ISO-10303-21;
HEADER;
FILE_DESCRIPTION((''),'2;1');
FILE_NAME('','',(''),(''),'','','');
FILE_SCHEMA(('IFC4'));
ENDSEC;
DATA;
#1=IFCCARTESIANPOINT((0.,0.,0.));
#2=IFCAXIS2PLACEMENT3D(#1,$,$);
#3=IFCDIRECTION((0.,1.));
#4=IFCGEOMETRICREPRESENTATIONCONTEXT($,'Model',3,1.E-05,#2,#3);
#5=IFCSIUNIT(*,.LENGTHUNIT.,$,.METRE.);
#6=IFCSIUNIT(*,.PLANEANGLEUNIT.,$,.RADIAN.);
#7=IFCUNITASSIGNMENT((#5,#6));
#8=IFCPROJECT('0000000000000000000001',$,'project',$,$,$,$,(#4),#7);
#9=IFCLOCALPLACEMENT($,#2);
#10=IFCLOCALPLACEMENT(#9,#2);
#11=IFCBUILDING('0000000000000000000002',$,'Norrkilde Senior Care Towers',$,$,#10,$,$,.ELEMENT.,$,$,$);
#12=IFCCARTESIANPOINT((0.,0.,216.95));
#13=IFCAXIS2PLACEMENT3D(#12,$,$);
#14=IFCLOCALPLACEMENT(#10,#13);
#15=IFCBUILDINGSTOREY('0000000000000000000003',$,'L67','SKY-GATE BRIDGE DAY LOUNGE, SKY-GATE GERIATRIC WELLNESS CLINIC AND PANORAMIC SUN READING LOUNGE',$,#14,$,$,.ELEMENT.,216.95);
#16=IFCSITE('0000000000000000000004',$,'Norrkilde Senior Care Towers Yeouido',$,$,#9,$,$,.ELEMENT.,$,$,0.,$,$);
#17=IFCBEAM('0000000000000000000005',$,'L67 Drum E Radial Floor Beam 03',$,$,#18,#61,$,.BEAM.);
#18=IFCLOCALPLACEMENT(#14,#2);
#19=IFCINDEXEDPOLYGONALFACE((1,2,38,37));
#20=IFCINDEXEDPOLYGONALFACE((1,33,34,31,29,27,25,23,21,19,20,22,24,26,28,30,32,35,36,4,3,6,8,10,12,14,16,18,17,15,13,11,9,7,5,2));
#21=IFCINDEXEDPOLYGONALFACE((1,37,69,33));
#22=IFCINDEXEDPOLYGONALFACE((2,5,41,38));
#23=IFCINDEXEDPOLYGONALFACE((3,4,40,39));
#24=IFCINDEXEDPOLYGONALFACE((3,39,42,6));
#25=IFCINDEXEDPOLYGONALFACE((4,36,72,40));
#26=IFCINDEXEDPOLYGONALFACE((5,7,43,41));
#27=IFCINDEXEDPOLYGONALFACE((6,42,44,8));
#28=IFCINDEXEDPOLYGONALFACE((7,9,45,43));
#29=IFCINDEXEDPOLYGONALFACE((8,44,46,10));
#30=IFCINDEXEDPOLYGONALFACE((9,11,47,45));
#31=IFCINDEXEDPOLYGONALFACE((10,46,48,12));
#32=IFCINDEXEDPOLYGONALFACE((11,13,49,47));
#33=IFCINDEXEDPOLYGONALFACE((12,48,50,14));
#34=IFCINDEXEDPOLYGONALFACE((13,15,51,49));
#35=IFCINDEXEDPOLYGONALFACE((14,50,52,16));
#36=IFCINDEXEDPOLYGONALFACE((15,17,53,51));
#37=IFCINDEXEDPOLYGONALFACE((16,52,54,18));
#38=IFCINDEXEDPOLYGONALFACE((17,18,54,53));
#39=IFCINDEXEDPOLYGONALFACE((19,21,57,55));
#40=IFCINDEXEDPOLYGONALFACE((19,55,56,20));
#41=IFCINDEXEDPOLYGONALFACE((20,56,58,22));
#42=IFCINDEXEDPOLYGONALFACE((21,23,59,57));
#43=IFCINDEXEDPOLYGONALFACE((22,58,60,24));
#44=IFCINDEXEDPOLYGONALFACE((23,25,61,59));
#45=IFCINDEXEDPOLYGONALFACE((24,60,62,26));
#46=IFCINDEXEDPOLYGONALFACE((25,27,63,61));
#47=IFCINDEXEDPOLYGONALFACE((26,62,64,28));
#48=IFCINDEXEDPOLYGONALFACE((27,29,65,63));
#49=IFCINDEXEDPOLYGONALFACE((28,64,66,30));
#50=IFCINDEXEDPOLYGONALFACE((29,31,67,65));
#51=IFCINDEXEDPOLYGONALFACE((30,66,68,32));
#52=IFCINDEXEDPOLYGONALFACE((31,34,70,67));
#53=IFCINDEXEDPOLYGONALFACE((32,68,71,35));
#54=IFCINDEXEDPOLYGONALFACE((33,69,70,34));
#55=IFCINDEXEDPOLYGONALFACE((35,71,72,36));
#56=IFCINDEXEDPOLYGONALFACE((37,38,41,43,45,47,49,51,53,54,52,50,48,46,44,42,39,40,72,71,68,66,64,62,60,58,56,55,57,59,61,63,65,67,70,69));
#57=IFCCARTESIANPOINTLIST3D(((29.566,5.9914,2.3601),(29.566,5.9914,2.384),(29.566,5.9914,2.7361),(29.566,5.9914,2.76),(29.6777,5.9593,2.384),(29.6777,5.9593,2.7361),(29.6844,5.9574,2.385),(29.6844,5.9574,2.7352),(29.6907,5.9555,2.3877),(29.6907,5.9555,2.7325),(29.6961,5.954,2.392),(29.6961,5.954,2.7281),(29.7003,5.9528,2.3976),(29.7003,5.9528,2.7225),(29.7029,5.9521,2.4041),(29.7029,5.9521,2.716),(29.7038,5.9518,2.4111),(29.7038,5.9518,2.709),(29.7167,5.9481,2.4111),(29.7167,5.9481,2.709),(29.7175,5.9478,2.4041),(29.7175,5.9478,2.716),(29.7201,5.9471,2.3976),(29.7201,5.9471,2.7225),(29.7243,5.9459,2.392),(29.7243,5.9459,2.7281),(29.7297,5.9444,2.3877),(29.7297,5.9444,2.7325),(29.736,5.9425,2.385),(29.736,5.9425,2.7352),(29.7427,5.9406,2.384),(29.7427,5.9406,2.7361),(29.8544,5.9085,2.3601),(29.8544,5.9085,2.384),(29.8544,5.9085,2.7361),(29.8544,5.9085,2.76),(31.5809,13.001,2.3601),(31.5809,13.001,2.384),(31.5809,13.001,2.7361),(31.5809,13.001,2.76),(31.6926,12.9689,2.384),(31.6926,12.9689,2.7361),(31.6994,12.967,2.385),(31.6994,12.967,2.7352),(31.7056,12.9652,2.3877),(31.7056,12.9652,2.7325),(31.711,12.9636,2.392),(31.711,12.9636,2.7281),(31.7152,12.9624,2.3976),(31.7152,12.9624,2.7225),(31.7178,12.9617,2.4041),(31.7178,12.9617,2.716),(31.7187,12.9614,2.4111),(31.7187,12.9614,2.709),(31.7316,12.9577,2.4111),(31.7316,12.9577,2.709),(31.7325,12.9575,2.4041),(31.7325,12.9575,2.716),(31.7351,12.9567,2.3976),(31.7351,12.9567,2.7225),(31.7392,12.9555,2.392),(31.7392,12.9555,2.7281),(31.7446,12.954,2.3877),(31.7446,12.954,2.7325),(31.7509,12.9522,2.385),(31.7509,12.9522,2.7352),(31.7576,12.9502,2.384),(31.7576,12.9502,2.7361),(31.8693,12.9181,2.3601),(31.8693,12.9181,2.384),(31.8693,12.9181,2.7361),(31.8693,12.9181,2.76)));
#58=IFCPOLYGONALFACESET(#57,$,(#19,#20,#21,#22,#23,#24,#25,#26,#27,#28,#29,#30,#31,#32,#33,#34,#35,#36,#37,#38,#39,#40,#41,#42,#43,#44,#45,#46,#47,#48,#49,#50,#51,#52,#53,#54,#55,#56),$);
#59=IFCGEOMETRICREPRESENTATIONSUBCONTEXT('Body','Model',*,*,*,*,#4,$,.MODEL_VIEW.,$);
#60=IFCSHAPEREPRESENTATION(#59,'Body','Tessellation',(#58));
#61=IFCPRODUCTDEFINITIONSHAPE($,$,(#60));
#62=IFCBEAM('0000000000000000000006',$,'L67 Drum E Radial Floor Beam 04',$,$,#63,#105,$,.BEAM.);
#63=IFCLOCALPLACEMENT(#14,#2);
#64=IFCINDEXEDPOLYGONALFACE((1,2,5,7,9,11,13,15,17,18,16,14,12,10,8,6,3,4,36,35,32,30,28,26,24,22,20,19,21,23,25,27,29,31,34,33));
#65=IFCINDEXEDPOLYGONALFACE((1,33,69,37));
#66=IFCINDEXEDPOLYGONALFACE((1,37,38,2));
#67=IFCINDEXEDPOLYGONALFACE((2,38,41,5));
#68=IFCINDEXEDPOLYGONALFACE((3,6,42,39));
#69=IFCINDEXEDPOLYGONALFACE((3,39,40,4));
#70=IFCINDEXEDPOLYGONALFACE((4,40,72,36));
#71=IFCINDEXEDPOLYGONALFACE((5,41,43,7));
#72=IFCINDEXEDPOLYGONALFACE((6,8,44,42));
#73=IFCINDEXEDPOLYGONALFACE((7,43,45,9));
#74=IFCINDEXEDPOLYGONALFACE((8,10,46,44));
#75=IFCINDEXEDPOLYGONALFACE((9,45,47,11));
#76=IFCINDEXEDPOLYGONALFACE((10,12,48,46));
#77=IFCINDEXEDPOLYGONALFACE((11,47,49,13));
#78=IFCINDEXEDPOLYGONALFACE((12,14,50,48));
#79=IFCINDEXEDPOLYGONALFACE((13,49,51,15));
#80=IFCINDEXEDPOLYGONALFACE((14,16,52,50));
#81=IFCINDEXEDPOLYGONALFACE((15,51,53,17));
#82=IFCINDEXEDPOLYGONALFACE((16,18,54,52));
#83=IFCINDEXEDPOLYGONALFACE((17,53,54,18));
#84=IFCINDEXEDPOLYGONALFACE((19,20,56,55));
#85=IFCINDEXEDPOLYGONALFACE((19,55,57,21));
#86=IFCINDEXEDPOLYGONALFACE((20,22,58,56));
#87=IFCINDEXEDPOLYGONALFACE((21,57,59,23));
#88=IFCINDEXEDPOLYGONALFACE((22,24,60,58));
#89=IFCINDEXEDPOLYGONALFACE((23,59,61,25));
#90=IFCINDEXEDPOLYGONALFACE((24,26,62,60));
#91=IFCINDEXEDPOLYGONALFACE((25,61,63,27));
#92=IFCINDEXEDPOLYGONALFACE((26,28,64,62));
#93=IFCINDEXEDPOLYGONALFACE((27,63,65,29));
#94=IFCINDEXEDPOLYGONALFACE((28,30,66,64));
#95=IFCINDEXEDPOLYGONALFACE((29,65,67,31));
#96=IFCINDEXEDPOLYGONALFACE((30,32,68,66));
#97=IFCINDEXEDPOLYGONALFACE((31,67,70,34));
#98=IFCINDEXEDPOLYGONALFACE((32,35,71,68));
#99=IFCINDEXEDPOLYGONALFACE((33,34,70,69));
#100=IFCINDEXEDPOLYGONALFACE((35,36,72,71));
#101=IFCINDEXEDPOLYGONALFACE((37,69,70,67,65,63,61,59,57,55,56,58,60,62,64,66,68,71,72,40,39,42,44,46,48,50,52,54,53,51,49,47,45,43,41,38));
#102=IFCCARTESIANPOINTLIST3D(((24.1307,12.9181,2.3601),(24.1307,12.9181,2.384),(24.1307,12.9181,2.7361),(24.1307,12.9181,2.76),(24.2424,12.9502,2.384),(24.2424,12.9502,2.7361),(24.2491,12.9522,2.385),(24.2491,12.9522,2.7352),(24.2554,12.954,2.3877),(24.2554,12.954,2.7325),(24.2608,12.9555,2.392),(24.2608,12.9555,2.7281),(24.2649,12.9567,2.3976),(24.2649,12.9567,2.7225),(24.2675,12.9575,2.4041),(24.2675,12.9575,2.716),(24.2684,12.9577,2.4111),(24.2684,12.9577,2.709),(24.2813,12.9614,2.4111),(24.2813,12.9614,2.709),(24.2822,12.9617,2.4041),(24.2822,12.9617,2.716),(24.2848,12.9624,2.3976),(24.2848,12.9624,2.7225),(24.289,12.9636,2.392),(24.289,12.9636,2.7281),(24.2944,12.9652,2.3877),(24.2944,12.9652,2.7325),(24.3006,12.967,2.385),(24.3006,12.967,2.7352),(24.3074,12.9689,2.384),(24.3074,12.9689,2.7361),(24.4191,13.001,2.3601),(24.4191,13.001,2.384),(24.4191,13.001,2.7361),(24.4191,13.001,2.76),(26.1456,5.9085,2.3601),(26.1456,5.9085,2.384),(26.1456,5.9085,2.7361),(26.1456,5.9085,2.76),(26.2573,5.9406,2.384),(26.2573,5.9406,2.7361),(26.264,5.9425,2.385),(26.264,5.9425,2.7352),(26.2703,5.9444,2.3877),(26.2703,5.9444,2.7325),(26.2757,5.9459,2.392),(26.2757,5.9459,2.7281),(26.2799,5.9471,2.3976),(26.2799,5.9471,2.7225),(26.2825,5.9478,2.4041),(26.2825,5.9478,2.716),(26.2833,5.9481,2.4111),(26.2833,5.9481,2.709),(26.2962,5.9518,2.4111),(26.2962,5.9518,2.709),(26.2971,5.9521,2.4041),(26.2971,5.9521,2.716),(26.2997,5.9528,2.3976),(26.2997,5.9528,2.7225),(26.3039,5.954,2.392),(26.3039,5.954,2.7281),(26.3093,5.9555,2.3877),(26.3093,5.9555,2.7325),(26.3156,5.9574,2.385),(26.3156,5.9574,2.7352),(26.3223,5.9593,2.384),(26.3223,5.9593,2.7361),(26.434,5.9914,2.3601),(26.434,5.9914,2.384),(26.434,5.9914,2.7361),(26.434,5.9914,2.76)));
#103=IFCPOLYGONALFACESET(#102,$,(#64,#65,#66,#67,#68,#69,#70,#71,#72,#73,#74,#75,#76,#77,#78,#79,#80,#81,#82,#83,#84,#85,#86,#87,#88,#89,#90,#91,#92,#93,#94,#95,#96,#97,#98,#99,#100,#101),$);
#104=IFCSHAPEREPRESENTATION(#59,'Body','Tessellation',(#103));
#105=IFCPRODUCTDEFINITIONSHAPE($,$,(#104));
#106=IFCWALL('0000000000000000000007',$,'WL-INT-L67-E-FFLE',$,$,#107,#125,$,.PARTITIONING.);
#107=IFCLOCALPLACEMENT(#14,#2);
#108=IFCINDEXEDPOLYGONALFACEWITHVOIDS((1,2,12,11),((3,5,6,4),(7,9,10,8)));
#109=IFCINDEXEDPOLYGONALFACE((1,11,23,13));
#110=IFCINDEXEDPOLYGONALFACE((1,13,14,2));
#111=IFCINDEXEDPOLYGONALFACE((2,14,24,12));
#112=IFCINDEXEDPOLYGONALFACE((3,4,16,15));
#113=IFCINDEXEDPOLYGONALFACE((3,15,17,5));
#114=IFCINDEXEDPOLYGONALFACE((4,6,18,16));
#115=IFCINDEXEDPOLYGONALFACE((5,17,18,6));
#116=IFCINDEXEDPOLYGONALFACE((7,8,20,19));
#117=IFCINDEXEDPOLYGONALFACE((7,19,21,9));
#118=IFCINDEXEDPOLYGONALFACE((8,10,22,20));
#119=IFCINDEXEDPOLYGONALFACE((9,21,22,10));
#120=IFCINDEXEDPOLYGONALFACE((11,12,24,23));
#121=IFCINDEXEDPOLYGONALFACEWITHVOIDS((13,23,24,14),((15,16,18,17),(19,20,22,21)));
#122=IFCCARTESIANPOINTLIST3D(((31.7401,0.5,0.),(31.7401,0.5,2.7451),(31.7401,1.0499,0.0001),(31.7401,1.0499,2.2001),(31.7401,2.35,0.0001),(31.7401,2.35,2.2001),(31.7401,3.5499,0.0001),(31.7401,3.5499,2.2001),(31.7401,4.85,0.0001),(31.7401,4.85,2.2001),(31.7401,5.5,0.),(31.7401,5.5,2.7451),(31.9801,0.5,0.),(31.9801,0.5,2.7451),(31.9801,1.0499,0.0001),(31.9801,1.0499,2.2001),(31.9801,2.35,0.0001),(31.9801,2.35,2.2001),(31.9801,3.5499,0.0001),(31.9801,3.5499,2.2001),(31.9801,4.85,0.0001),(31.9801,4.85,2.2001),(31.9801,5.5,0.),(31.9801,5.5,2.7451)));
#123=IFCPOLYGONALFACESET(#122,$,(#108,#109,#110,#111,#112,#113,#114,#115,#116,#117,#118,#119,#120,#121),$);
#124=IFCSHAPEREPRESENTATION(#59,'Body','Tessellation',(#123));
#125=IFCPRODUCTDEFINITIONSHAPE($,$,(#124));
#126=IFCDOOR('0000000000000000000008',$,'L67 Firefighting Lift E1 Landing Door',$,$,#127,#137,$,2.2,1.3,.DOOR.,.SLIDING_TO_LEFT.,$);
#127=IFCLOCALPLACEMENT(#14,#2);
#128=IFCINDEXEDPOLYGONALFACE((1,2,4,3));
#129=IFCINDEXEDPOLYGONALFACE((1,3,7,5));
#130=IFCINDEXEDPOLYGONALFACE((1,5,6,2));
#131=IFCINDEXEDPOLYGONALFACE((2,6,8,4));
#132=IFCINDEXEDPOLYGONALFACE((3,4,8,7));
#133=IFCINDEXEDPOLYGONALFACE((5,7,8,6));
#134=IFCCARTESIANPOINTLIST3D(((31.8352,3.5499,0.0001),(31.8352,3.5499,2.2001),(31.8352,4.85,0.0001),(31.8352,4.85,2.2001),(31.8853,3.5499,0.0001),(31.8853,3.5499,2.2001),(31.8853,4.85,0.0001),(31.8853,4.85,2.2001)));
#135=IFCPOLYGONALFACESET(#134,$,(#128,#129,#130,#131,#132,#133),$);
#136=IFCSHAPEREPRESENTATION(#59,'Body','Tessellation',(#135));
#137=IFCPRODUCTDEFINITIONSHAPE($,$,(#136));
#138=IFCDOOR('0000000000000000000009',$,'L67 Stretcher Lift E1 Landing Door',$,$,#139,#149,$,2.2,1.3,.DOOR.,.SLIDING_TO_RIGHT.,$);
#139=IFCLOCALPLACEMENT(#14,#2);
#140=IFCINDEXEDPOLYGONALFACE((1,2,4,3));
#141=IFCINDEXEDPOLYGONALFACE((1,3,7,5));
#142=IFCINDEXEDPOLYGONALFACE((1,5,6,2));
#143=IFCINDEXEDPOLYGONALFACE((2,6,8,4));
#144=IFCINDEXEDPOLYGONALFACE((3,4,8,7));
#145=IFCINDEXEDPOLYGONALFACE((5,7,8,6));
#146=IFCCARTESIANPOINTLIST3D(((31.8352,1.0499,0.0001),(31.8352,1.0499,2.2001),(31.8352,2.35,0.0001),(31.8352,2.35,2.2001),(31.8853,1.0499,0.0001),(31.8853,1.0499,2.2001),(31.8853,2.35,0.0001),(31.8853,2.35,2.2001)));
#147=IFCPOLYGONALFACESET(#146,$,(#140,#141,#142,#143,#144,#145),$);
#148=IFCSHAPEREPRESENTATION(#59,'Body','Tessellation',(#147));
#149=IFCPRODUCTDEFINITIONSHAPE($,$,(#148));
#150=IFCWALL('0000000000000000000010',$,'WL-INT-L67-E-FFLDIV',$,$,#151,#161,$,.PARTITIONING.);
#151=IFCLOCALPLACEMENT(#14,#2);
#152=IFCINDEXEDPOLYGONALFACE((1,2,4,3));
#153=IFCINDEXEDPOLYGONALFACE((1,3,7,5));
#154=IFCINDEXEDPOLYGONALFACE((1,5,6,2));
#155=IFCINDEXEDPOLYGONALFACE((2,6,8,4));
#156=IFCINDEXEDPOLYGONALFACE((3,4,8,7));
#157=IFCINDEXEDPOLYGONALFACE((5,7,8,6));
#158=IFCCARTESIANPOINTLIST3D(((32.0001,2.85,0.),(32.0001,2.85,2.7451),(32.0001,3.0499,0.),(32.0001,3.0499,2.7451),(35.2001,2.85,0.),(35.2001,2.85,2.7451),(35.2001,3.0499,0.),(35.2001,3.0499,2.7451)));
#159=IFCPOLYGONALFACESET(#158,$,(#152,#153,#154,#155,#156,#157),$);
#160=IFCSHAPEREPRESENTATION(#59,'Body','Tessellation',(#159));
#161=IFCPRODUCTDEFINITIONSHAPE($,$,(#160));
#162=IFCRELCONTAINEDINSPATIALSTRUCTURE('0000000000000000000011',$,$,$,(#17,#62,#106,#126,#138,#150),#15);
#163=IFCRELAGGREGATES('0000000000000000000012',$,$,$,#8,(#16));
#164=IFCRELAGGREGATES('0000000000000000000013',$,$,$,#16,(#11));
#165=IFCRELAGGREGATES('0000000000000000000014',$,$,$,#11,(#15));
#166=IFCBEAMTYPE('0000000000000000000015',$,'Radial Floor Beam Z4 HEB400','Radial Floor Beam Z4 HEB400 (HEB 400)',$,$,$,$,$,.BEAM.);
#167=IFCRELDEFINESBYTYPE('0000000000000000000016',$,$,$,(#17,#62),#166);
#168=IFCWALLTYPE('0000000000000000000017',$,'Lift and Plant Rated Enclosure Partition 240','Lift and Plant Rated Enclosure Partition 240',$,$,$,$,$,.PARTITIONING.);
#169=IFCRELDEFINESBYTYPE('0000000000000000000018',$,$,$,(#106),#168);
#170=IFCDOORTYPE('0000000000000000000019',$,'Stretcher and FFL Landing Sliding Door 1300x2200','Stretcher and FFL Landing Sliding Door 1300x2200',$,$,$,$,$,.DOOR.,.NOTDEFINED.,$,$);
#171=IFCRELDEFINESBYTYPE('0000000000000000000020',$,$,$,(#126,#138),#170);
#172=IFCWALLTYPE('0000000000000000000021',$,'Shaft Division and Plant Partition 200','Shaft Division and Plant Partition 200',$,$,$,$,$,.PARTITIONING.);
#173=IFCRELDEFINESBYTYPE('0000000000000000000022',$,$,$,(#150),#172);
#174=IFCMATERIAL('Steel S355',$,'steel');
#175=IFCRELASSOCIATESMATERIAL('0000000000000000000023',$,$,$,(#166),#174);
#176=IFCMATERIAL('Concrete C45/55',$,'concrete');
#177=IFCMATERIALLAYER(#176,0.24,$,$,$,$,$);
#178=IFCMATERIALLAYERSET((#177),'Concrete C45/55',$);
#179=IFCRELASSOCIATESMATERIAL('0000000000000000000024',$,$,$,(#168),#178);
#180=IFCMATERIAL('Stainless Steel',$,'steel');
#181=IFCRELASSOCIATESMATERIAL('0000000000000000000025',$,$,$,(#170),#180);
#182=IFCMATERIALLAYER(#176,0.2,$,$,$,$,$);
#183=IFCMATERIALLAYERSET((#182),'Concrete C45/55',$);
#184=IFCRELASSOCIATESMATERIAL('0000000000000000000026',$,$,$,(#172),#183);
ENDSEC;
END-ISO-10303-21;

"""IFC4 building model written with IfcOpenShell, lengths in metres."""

from ifc_helpers import new_model, si_unit, direction, frame, frame_2d, origin, origin_2d, place, context, subcontext, project, spatial, rectangle, i_section, extrude, source, transform, mapped, material, layer, layer_set, material_profile, profile_set, type_object, type_shapes, element, fill, save


model = new_model("IFC4")

# Units and contexts
model_context = context("Model", 3, precision=1e-05, world=origin(), true_north=direction((0.0, 1.0)))
body_context = subcontext(model_context, "Body", "Model", "MODEL_VIEW")
ifc_project = project(units=[si_unit("LENGTHUNIT", "METRE"), si_unit("PLANEANGLEUNIT", "RADIAN")], contexts=[model_context])

# Site, building, storey
site_placement = place(None, origin())
site = spatial("IfcSite", under=ifc_project, at=site_placement, Name="Norrkilde Senior Care Towers Yeouido", CompositionType="ELEMENT", RefElevation=0.0)
building_placement = place(site_placement, origin())
building = spatial("IfcBuilding", under=site, at=building_placement, Name="Norrkilde Senior Care Towers", CompositionType="ELEMENT")
storey_placement = place(building_placement, frame((0.0, 0.0, 216.95)))
storey = spatial("IfcBuildingStorey", under=building, at=storey_placement, Name="L67", Description="SKY-GATE BRIDGE DAY LOUNGE, SKY-GATE GERIATRIC WELLNESS CLINIC AND PANORAMIC SUN READING LOUNGE", CompositionType="ELEMENT", Elevation=216.95)

# Beams
ifc_material_1 = material(Name="Steel S355", Category="steel")
ifc_material_profile = material_profile(ifc_material_1, i_section(OverallWidth=0.3, OverallDepth=0.3999, WebThickness=0.0134, FlangeThickness=0.0239, FilletRadius=0.0271, at=origin_2d()), Name="HEB 400")
ifc_profile_set = profile_set([ifc_material_profile], Name="Steel S355")
beam_type = type_object("IfcBeamType", Name="Radial Floor Beam Z4 HEB400", Description="Radial Floor Beam Z4 HEB400 (HEB 400)", PredefinedType="BEAM", material=ifc_profile_set)
shared_shape_1 = source(origin(), body_context, "Body", "SweptSolid", [
    extrude(i_section(OverallWidth=0.3, OverallDepth=0.3999, WebThickness=0.0134, FlangeThickness=0.0239, FilletRadius=0.0271, at=origin_2d()), origin(), (0.0, 0.0, 1.0), 7.2935),
])
type_shapes(beam_type, [shared_shape_1])
for number, where, z_axis, x_axis, name in (
    (1, (29.7102, 5.95, 2.5601), (0.276264, 0.961082, 0.0), (-0.961082, 0.276264, 0.0), "L67 Drum E Radial Floor Beam 03"),
    (2, (26.2898, 5.95, 2.5601), (-0.276264, 0.961082, 0.0), (-0.961082, -0.276264, 0.0), "L67 Drum E Radial Floor Beam 04"),
):
    element("IfcBeam", number, at=place(storey_placement, frame(where, z_axis=z_axis, x_axis=x_axis)), inside=storey, type_object=beam_type, Name=name, PredefinedType="BEAM", context=body_context, shape_type="MappedRepresentation", body=[
        mapped(shared_shape_1, transform((0.0, 0.0, 0.0), x_axis=(1.0, 0.0, 0.0), y_axis=(0.0, 1.0, 0.0), z_axis=(0.0, 0.0, 1.0), scale=1.0)),
    ])

# Shared definitions
ifc_material_2 = material(Name="Concrete C45/55", Category="concrete")

# Wall, openings, doors
ifc_layer_1 = layer(ifc_material_2, 0.24)
ifc_layer_set_1 = layer_set([ifc_layer_1], Name="Concrete C45/55")
wall_type_1 = type_object("IfcWallType", Name="Lift and Plant Rated Enclosure Partition 240", Description="Lift and Plant Rated Enclosure Partition 240", PredefinedType="PARTITIONING", material=ifc_layer_set_1)
shared_shape_2 = source(origin(), body_context, "Body", "SweptSolid", [
    extrude(rectangle(XDim=5.0, YDim=0.24, at=frame_2d((2.5, 0.0))), origin(), (0.0, 0.0, 1.0), 2.7451),
])
type_shapes(wall_type_1, [shared_shape_2])
wall_1_placement = place(storey_placement, frame((31.8601, 0.5, 0.0), z_axis=(0.0, 0.0, 1.0), x_axis=(0.0, 1.0, 0.0)))
wall_1 = element("IfcWall", 3, at=wall_1_placement, inside=storey, type_object=wall_type_1, Name="WL-INT-L67-E-FFLE", PredefinedType="PARTITIONING", context=body_context, shape_type="MappedRepresentation", body=[
    mapped(shared_shape_2, transform((0.0, 0.0, 0.0), x_axis=(1.0, 0.0, 0.0), y_axis=(0.0, 1.0, 0.0), z_axis=(0.0, 0.0, 1.0), scale=1.0)),
])
opening_1_placement = place(wall_1_placement, frame((3.05, 0.0, 0.0)))
opening_1 = element("IfcOpeningElement", 4, at=opening_1_placement, cuts=wall_1, PredefinedType="OPENING", context=body_context, shape_type="SweptSolid", body=[
    extrude(rectangle(XDim=1.3, YDim=2.2, at=frame_2d((0.6499, 1.1001))), frame((0.0, 0.1299, 0.0), z_axis=(0.0, -1.0, 0.0), x_axis=(1.0, 0.0, 0.0)), (0.0, 0.0, 1.0), 0.26),
])
opening_2_placement = place(wall_1_placement, frame((0.55, 0.0, 0.0)))
opening_2 = element("IfcOpeningElement", 5, at=opening_2_placement, cuts=wall_1, PredefinedType="OPENING", context=body_context, shape_type="SweptSolid", body=[
    extrude(rectangle(XDim=1.3, YDim=2.2, at=frame_2d((0.6499, 1.1001))), frame((0.0, 0.1299, 0.0), z_axis=(0.0, -1.0, 0.0), x_axis=(1.0, 0.0, 0.0)), (0.0, 0.0, 1.0), 0.26),
])
ifc_material_3 = material(Name="Stainless Steel", Category="steel")
door_type_1 = type_object("IfcDoorType", Name="Stretcher and FFL Landing Sliding Door 1300x2200", Description="Stretcher and FFL Landing Sliding Door 1300x2200", OperationType="NOTDEFINED", PredefinedType="DOOR", material=ifc_material_3)
shared_shape_3 = source(origin(), body_context, "Body", "SweptSolid", [
    extrude(rectangle(XDim=1.3, YDim=2.2, at=frame_2d((0.6499, 1.1001))), frame((0.0, 0.0249, 0.0), z_axis=(0.0, -1.0, 0.0), x_axis=(1.0, 0.0, 0.0)), (0.0, 0.0, 1.0), 0.05),
])
type_shapes(door_type_1, [shared_shape_3])
door_1_placement = place(opening_1_placement, origin())
door_1 = element("IfcDoor", 6, at=door_1_placement, inside=storey, type_object=door_type_1, Name="L67 Firefighting Lift E1 Landing Door", OperationType="SLIDING_TO_LEFT", OverallHeight=2.2, OverallWidth=1.3, PredefinedType="DOOR", context=body_context, shape_type="MappedRepresentation", body=[
    mapped(shared_shape_3, transform((0.0, 0.0, 0.0), x_axis=(1.0, 0.0, 0.0), y_axis=(0.0, 1.0, 0.0), z_axis=(0.0, 0.0, 1.0), scale=1.0)),
])
fill(opening_1, door_1)
door_2_placement = place(opening_2_placement, origin())
door_2 = element("IfcDoor", 7, at=door_2_placement, inside=storey, type_object=door_type_1, Name="L67 Stretcher Lift E1 Landing Door", OperationType="SLIDING_TO_RIGHT", OverallHeight=2.2, OverallWidth=1.3, PredefinedType="DOOR", context=body_context, shape_type="MappedRepresentation", body=[
    mapped(shared_shape_3, transform((0.0, 0.0, 0.0), x_axis=(1.0, 0.0, 0.0), y_axis=(0.0, 1.0, 0.0), z_axis=(0.0, 0.0, 1.0), scale=1.0)),
])
fill(opening_2, door_2)

# Wall
ifc_layer_2 = layer(ifc_material_2, 0.2)
ifc_layer_set_2 = layer_set([ifc_layer_2], Name="Concrete C45/55")
wall_type_2 = type_object("IfcWallType", Name="Shaft Division and Plant Partition 200", Description="Shaft Division and Plant Partition 200", PredefinedType="PARTITIONING", material=ifc_layer_set_2)
shared_shape_4 = source(origin(), body_context, "Body", "SweptSolid", [
    extrude(rectangle(XDim=3.2, YDim=0.2, at=frame_2d((1.6001, 0.0))), origin(), (0.0, 0.0, 1.0), 2.7451),
])
type_shapes(wall_type_2, [shared_shape_4])
wall_2_placement = place(storey_placement, frame((32.0, 2.95, 0.0), z_axis=(0.0, 0.0, 1.0), x_axis=(1.0, 0.0, 0.0)))
element("IfcWall", 8, at=wall_2_placement, inside=storey, type_object=wall_type_2, Name="WL-INT-L67-E-FFLDIV", PredefinedType="PARTITIONING", context=body_context, shape_type="MappedRepresentation", body=[
    mapped(shared_shape_4, transform((0.0, 0.0, 0.0), x_axis=(1.0, 0.0, 0.0), y_axis=(0.0, 1.0, 0.0), z_axis=(0.0, 0.0, 1.0), scale=1.0)),
])

save(model, "model.ifc")
